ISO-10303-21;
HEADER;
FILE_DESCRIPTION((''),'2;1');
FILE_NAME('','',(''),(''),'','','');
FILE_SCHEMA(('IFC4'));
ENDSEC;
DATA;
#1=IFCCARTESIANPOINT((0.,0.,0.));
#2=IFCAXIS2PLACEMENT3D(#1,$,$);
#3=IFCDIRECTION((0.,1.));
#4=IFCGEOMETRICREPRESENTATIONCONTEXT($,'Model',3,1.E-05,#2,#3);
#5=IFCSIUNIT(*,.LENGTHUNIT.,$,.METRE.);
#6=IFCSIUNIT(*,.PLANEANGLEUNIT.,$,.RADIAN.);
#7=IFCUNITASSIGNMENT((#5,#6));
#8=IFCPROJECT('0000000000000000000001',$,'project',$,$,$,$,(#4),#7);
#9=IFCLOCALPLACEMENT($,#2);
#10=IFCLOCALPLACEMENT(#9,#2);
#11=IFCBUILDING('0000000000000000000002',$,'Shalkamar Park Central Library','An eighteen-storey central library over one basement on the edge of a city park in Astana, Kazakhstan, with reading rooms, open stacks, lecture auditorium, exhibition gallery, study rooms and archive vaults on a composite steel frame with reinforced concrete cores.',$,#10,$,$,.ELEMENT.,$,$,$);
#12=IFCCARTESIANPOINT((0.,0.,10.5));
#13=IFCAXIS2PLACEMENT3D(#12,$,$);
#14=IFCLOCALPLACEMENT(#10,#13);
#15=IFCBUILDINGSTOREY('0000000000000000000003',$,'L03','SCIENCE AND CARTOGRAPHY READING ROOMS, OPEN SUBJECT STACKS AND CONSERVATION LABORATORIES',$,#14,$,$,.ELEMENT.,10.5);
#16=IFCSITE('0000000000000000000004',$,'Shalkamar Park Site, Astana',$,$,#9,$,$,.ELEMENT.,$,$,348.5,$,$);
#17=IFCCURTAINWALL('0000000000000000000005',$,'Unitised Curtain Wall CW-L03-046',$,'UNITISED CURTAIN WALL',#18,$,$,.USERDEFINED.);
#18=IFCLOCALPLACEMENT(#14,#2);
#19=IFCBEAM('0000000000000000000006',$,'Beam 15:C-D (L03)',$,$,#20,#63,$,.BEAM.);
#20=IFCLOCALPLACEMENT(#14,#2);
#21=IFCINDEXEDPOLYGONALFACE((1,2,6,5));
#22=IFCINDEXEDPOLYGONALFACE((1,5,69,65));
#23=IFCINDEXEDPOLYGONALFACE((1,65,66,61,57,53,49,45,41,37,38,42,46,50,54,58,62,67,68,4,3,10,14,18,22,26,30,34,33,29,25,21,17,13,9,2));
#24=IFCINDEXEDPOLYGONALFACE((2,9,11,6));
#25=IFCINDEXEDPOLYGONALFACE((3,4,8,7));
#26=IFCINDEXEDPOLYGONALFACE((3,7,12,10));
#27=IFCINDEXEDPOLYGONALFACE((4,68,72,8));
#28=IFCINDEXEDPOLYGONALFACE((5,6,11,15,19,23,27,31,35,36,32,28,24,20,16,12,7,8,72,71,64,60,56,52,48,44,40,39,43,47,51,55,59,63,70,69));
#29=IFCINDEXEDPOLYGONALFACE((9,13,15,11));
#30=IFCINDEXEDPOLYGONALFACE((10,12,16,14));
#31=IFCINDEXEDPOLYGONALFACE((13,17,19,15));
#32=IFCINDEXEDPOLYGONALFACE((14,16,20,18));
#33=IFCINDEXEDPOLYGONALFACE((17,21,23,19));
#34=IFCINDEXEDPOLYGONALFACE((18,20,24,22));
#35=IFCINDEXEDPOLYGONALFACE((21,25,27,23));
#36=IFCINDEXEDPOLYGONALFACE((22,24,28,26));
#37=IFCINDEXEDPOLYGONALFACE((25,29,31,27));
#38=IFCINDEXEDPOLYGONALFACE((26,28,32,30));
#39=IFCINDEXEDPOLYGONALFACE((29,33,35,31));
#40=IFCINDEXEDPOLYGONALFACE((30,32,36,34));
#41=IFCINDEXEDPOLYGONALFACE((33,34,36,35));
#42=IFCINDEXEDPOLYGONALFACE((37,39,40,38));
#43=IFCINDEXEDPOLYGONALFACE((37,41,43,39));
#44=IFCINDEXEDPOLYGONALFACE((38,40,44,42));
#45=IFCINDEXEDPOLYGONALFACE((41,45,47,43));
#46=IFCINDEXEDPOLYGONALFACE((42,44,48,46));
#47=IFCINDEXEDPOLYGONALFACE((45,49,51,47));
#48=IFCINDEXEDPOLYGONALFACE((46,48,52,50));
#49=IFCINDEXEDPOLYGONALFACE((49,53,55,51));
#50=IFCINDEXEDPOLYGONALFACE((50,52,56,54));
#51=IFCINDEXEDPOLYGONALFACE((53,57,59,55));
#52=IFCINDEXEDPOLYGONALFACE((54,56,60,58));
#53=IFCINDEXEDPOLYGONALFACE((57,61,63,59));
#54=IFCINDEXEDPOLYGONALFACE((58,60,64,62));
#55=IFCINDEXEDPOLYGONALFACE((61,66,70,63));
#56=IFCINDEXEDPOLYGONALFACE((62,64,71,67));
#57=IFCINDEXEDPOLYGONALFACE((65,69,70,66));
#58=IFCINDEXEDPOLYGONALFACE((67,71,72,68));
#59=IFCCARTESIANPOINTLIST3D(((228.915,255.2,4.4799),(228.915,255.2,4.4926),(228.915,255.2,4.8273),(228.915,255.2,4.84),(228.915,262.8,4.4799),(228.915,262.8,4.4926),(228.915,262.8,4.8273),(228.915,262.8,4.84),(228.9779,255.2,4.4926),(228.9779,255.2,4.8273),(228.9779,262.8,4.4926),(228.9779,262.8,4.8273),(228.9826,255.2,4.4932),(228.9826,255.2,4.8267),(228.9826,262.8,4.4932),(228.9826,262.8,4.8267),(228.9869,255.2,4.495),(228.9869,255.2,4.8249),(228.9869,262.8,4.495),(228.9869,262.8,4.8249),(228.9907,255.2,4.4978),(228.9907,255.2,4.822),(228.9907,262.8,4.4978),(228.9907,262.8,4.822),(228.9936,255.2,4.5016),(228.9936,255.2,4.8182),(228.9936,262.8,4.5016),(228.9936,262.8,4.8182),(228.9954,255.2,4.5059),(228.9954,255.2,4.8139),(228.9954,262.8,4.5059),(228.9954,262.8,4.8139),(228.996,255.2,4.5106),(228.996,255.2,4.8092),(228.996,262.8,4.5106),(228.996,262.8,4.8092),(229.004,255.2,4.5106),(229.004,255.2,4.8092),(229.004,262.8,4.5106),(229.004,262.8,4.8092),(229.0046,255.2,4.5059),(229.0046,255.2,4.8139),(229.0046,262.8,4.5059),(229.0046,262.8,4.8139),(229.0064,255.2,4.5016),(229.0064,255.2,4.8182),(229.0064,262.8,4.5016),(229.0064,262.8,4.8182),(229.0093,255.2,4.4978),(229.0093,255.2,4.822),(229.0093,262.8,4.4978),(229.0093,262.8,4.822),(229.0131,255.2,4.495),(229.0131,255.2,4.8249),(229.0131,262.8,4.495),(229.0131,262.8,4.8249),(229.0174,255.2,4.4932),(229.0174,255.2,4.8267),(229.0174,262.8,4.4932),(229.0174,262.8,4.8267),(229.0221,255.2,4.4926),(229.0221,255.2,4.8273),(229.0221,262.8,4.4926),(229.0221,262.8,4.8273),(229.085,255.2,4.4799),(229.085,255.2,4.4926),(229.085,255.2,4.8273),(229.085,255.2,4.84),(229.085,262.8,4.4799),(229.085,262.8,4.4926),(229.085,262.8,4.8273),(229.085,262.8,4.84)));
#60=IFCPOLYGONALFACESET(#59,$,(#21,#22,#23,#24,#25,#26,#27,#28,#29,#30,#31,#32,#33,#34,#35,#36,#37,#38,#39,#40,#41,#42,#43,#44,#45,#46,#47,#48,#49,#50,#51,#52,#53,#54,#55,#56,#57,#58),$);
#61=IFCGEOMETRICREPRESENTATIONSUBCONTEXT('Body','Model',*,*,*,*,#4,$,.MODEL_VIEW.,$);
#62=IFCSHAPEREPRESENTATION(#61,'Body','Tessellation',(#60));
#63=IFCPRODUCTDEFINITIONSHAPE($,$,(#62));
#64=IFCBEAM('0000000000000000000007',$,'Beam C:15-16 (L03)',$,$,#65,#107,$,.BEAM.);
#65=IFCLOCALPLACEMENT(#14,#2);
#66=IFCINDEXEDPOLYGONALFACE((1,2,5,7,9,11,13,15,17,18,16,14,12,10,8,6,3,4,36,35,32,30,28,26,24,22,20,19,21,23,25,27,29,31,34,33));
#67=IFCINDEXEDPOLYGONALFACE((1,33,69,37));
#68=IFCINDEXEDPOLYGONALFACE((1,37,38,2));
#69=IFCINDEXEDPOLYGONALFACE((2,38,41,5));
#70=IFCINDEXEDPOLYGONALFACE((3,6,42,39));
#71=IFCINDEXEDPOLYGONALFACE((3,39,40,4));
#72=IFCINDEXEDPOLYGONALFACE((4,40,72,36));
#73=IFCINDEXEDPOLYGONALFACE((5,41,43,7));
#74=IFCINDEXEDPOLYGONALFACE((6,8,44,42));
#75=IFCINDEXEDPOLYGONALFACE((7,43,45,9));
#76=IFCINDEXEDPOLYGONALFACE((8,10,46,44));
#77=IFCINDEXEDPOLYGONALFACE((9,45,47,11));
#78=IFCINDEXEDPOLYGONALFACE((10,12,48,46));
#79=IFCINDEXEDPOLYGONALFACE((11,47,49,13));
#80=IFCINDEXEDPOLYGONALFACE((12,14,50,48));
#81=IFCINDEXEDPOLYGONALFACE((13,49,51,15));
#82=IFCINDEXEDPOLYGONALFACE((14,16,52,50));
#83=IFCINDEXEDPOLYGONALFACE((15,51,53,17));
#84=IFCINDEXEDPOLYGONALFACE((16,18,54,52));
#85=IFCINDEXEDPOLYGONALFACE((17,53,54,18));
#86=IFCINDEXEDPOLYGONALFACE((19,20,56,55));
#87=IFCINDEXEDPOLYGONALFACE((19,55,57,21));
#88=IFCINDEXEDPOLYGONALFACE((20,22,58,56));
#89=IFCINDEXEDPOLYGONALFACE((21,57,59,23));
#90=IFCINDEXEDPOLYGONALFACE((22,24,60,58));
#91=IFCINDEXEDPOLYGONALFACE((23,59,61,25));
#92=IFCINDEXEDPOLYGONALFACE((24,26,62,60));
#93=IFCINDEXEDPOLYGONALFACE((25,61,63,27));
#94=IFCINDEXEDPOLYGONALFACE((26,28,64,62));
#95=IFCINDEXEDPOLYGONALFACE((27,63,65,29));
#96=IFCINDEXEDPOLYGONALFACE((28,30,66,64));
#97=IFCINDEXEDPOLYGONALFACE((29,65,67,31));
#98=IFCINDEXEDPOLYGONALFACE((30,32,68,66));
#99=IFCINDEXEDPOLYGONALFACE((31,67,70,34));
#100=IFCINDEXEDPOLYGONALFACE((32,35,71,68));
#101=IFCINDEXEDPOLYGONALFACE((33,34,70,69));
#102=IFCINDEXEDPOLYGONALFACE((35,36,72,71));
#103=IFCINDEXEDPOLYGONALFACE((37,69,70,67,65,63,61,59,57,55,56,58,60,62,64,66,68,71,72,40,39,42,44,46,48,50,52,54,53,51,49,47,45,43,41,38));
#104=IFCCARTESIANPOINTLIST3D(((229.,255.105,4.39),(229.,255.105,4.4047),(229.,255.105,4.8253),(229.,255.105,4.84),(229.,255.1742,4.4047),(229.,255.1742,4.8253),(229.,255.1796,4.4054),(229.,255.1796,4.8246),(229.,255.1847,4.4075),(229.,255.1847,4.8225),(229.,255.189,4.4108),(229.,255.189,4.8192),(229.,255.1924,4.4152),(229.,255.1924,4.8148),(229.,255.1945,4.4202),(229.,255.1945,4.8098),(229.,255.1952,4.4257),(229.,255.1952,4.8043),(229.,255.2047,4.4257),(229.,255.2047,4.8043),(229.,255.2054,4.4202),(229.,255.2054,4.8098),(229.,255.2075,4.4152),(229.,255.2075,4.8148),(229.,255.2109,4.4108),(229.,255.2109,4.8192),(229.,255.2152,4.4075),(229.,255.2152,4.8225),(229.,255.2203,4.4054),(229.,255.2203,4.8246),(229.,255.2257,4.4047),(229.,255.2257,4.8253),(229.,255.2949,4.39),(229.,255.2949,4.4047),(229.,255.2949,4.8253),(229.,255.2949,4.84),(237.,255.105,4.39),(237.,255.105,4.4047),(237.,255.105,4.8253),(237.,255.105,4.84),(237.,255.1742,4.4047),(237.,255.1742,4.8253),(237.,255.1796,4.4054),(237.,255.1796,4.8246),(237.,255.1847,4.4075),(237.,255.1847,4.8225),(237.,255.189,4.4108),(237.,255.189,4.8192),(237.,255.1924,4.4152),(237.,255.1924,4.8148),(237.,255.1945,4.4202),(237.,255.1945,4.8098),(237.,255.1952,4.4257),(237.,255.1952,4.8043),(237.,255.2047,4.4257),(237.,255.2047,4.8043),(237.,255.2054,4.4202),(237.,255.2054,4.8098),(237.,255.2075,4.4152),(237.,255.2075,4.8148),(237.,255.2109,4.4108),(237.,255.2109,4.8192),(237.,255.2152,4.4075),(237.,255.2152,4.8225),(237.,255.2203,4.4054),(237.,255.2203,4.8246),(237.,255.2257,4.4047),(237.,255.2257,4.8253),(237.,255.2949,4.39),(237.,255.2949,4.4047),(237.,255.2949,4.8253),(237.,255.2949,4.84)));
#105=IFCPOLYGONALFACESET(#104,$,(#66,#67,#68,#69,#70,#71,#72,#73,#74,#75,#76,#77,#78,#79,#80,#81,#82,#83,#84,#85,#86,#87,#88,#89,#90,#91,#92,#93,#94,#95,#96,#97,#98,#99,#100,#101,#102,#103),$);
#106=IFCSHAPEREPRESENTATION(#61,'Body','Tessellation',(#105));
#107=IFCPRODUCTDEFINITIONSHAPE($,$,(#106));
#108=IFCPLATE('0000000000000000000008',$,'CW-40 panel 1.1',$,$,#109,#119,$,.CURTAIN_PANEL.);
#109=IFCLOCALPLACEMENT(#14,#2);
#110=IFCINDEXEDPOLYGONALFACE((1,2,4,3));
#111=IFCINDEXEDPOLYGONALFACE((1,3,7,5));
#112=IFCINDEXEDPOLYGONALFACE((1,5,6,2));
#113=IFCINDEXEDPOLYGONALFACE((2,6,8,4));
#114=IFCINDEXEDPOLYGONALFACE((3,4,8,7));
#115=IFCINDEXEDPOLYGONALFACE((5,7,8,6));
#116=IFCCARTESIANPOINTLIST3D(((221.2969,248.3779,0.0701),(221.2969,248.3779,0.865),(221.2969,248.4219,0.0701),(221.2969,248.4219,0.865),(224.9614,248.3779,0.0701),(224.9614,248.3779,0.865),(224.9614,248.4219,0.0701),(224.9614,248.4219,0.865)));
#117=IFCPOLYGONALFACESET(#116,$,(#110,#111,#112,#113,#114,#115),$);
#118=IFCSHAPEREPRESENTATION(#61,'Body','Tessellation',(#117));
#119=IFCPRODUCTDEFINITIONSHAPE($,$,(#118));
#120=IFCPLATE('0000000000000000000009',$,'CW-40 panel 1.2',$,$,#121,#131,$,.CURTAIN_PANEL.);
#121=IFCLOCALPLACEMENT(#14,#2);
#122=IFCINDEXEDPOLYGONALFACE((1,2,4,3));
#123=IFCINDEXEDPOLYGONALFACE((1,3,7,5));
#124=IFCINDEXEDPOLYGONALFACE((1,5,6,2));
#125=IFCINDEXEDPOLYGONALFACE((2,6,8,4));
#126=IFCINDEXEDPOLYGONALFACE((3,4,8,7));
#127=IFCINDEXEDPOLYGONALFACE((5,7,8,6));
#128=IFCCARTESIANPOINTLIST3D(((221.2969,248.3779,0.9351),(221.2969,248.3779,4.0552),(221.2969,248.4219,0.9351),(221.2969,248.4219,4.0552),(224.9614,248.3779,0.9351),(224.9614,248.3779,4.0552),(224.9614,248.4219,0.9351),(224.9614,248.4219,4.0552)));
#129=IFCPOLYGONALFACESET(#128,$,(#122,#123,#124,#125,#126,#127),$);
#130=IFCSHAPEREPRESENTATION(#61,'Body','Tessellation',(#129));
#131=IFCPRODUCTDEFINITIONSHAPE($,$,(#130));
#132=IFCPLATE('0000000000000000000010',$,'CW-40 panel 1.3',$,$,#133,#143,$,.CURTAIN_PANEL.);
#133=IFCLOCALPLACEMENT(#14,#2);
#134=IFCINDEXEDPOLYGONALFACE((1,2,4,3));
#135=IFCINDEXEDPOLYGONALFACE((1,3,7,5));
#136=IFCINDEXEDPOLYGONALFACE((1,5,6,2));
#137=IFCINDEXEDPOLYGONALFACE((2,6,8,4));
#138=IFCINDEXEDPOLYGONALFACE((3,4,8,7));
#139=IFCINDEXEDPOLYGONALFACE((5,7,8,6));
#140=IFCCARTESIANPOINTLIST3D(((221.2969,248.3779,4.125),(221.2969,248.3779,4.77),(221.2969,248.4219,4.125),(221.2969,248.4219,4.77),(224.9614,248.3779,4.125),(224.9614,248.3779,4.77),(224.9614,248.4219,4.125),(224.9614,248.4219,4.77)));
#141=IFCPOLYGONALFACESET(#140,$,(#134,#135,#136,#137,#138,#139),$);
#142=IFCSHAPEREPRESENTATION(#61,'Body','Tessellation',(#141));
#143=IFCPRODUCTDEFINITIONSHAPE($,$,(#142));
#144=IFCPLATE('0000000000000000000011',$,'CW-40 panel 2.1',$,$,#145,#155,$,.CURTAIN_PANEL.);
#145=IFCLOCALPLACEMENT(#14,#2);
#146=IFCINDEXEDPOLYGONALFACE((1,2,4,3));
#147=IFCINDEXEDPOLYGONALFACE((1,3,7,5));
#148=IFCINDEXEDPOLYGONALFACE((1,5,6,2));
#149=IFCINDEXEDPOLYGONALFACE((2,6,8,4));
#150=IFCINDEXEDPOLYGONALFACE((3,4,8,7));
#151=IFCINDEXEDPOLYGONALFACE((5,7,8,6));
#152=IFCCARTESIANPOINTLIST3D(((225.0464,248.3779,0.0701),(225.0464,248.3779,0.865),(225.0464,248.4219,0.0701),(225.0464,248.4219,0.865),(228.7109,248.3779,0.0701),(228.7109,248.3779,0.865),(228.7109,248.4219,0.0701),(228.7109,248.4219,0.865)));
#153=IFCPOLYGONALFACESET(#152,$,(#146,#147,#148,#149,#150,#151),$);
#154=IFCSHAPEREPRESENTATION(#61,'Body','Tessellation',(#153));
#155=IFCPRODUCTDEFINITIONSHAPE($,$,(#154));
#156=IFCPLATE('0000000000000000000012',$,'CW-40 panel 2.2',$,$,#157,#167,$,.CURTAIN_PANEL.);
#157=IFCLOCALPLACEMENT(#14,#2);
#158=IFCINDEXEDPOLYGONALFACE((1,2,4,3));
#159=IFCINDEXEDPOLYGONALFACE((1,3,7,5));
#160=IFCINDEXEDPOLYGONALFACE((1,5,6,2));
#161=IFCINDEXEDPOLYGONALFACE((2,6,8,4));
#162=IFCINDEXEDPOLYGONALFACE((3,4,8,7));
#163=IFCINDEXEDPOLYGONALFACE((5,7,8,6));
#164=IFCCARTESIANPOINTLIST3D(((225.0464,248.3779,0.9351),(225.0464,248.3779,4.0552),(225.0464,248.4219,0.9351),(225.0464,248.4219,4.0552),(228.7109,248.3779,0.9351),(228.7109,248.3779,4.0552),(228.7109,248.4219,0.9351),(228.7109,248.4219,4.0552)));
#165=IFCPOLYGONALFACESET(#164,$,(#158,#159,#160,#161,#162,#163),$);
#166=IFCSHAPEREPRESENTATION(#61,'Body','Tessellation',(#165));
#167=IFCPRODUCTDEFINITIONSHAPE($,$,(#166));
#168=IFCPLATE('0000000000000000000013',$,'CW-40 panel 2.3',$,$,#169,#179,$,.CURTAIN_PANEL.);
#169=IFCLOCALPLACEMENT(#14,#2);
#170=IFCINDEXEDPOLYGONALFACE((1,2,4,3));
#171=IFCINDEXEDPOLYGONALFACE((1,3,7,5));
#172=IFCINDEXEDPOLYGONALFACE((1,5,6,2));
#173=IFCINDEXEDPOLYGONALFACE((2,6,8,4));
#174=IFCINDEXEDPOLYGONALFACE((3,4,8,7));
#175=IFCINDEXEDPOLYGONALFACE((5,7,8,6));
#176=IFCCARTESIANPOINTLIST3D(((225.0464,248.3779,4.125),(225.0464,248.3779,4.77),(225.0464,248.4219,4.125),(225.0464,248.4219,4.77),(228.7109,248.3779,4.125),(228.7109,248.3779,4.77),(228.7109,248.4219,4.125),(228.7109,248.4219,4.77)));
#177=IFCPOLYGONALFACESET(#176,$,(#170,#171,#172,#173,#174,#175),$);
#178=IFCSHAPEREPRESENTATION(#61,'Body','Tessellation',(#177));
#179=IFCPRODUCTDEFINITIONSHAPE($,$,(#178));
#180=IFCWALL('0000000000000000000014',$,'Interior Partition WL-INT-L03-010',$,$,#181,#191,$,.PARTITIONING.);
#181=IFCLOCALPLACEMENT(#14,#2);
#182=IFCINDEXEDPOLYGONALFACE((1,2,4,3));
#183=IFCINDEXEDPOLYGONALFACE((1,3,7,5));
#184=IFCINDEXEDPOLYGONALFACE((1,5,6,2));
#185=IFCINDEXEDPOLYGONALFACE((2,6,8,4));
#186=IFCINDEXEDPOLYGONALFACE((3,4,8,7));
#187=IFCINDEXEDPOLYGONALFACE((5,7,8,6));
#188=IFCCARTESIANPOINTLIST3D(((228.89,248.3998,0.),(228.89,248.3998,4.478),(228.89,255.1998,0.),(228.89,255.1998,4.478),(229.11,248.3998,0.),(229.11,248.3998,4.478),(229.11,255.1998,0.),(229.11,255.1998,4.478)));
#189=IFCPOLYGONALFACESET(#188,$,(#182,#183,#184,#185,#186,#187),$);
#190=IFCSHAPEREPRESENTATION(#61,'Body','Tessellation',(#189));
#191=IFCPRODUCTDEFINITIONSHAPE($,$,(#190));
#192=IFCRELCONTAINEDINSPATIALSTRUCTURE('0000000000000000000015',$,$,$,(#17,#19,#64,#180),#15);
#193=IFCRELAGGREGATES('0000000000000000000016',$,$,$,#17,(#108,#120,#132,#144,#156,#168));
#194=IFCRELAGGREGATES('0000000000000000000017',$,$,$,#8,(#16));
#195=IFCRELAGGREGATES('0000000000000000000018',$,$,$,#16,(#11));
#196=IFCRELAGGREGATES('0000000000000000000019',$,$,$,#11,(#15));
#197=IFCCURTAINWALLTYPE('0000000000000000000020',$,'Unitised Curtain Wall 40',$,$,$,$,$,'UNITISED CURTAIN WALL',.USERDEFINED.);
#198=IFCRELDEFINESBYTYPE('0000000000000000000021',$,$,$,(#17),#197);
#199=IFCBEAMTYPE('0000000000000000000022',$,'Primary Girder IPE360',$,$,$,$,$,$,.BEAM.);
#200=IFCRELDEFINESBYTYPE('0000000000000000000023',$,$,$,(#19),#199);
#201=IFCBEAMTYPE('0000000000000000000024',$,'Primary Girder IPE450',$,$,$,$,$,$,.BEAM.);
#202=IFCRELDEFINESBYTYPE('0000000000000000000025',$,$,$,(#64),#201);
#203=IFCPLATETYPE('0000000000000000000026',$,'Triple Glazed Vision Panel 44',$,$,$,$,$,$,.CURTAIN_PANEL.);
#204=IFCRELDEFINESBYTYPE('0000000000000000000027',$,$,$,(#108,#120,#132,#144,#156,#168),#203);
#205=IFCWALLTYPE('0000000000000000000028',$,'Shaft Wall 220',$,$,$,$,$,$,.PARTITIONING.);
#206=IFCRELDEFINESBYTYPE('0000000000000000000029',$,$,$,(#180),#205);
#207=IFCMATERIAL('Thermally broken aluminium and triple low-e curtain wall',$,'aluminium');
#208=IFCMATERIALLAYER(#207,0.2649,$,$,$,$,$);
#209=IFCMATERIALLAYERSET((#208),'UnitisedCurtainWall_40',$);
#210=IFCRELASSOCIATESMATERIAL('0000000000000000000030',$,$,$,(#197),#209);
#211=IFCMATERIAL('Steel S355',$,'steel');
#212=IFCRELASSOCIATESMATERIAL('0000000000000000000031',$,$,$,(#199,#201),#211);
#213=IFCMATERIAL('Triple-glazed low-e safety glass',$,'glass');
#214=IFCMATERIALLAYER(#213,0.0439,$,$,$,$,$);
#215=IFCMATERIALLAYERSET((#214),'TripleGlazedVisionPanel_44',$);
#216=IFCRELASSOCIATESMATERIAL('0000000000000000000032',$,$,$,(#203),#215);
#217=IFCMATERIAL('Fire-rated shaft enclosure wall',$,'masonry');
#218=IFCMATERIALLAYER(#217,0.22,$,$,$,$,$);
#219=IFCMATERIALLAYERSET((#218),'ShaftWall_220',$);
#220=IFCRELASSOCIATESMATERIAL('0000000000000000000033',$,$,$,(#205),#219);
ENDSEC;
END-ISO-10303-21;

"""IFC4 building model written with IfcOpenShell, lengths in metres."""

from ifc_helpers import new_model, si_unit, direction, frame, frame_2d, origin, origin_2d, place, context, subcontext, project, spatial, rectangle, i_section, extrude, material, layer, layer_set, material_profile, profile_set, type_object, element, aggregate, save


model = new_model("IFC4")

# Units and contexts
model_context = context("Model", 3, precision=1e-05, world=origin(), true_north=direction((0.0, 1.0)))
body_context = subcontext(model_context, "Body", "Model", "MODEL_VIEW")
ifc_project = project(units=[si_unit("LENGTHUNIT", "METRE"), si_unit("PLANEANGLEUNIT", "RADIAN")], contexts=[model_context])

# Site, building, storey
site_placement = place(None, origin())
site = spatial("IfcSite", under=ifc_project, at=site_placement, Name="Shalkamar Park Site, Astana", CompositionType="ELEMENT", RefElevation=348.5)
building_placement = place(site_placement, origin())
building = spatial("IfcBuilding", under=site, at=building_placement, Name="Shalkamar Park Central Library", Description="An eighteen-storey central library over one basement on the edge of a city park in Astana, Kazakhstan, with reading rooms, open stacks, lecture auditorium, exhibition gallery, study rooms and archive vaults on a composite steel frame with reinforced concrete cores.", CompositionType="ELEMENT")
storey_placement = place(building_placement, frame((0.0, 0.0, 10.5)))
storey = spatial("IfcBuildingStorey", under=building, at=storey_placement, Name="L03", Description="SCIENCE AND CARTOGRAPHY READING ROOMS, OPEN SUBJECT STACKS AND CONSERVATION LABORATORIES", CompositionType="ELEMENT", Elevation=10.5)

# Shared definitions
ifc_material_1 = material(Name="Steel S355", Category="steel")

# Curtain wall
ifc_material_2 = material(Name="Thermally broken aluminium and triple low-e curtain wall", Category="aluminium")
ifc_layer_1 = layer(ifc_material_2, 0.2649)
ifc_layer_set_1 = layer_set([ifc_layer_1], Name="UnitisedCurtainWall_40")
curtain_wall_type = type_object("IfcCurtainWallType", Name="Unitised Curtain Wall 40", ElementType="UNITISED CURTAIN WALL", PredefinedType="USERDEFINED", material=ifc_layer_set_1)
curtain_wall_placement = place(storey_placement, origin())
curtain_wall = element("IfcCurtainWall", 1, at=curtain_wall_placement, inside=storey, type_object=curtain_wall_type, Name="Unitised Curtain Wall CW-L03-046", ObjectType="UNITISED CURTAIN WALL", PredefinedType="USERDEFINED")

# Beams
ifc_material_profile_1 = material_profile(ifc_material_1, i_section(OverallWidth=0.1699, OverallDepth=0.3601, WebThickness=0.0081, FlangeThickness=0.0127, FilletRadius=0.0181, at=origin_2d()), Name="IPE 360")
ifc_profile_set_1 = profile_set([ifc_material_profile_1], Name="Steel S355")
beam_type_1 = type_object("IfcBeamType", Name="Primary Girder IPE360", PredefinedType="BEAM", material=ifc_profile_set_1)
beam_1_placement = place(storey_placement, frame((229.0, 255.2, 4.6599), z_axis=(0.0, 1.0, 0.0), x_axis=(-1.0, 0.0, 0.0)))
element("IfcBeam", 2, at=beam_1_placement, inside=storey, type_object=beam_type_1, Name="Beam 15:C-D (L03)", PredefinedType="BEAM", context=body_context, shape_type="SweptSolid", body=[
    extrude(i_section(OverallWidth=0.1699, OverallDepth=0.3601, WebThickness=0.0081, FlangeThickness=0.0127, FilletRadius=0.0181, at=origin_2d()), origin(), (0.0, 0.0, 1.0), 7.6001),
])
ifc_material_profile_2 = material_profile(ifc_material_1, i_section(OverallWidth=0.1899, OverallDepth=0.45, WebThickness=0.0095, FlangeThickness=0.0146, FilletRadius=0.021, at=origin_2d()), Name="IPE 450")
ifc_profile_set_2 = profile_set([ifc_material_profile_2], Name="Steel S355")
beam_type_2 = type_object("IfcBeamType", Name="Primary Girder IPE450", PredefinedType="BEAM", material=ifc_profile_set_2)
beam_2_placement = place(storey_placement, frame((229.0, 255.2, 4.615), z_axis=(1.0, 0.0, 0.0), x_axis=(0.0, 1.0, 0.0)))
element("IfcBeam", 3, at=beam_2_placement, inside=storey, type_object=beam_type_2, Name="Beam C:15-16 (L03)", PredefinedType="BEAM", context=body_context, shape_type="SweptSolid", body=[
    extrude(i_section(OverallWidth=0.1899, OverallDepth=0.45, WebThickness=0.0095, FlangeThickness=0.0146, FilletRadius=0.021, at=origin_2d()), origin(), (0.0, 0.0, 1.0), 8.0),
])

# Plates
ifc_material_3 = material(Name="Triple-glazed low-e safety glass", Category="glass")
ifc_layer_2 = layer(ifc_material_3, 0.0439)
ifc_layer_set_2 = layer_set([ifc_layer_2], Name="TripleGlazedVisionPanel_44")
plate_type = type_object("IfcPlateType", Name="Triple Glazed Vision Panel 44", PredefinedType="CURTAIN_PANEL", material=ifc_layer_set_2)
plate_1_placement = place(storey_placement, frame((223.1292, 248.3999, 0.0701), z_axis=(0.0, 0.0, 1.0), x_axis=(1.0, 0.0, 0.0)))
plate_1 = element("IfcPlate", 4, at=plate_1_placement, type_object=plate_type, Name="CW-40 panel 1.1", PredefinedType="CURTAIN_PANEL", context=body_context, shape_type="SweptSolid", body=[
    extrude(rectangle(XDim=3.6646, YDim=0.0439, at=origin_2d()), origin(), (0.0, 0.0, 1.0), 0.7949),
])
plate_2_placement = place(storey_placement, frame((223.1292, 248.3999, 0.9351), z_axis=(0.0, 0.0, 1.0), x_axis=(1.0, 0.0, 0.0)))
plate_2 = element("IfcPlate", 5, at=plate_2_placement, type_object=plate_type, Name="CW-40 panel 1.2", PredefinedType="CURTAIN_PANEL", context=body_context, shape_type="SweptSolid", body=[
    extrude(rectangle(XDim=3.6646, YDim=0.0439, at=origin_2d()), origin(), (0.0, 0.0, 1.0), 3.1201),
])
plate_3_placement = place(storey_placement, frame((223.1292, 248.3999, 4.125), z_axis=(0.0, 0.0, 1.0), x_axis=(1.0, 0.0, 0.0)))
plate_3 = element("IfcPlate", 6, at=plate_3_placement, type_object=plate_type, Name="CW-40 panel 1.3", PredefinedType="CURTAIN_PANEL", context=body_context, shape_type="SweptSolid", body=[
    extrude(rectangle(XDim=3.6646, YDim=0.0439, at=origin_2d()), origin(), (0.0, 0.0, 1.0), 0.645),
])
plate_4_placement = place(storey_placement, frame((226.8787, 248.3999, 0.0701), z_axis=(0.0, 0.0, 1.0), x_axis=(1.0, 0.0, 0.0)))
plate_4 = element("IfcPlate", 7, at=plate_4_placement, type_object=plate_type, Name="CW-40 panel 2.1", PredefinedType="CURTAIN_PANEL", context=body_context, shape_type="SweptSolid", body=[
    extrude(rectangle(XDim=3.6646, YDim=0.0439, at=origin_2d()), origin(), (0.0, 0.0, 1.0), 0.7949),
])
plate_5_placement = place(storey_placement, frame((226.8787, 248.3999, 0.9351), z_axis=(0.0, 0.0, 1.0), x_axis=(1.0, 0.0, 0.0)))
plate_5 = element("IfcPlate", 8, at=plate_5_placement, type_object=plate_type, Name="CW-40 panel 2.2", PredefinedType="CURTAIN_PANEL", context=body_context, shape_type="SweptSolid", body=[
    extrude(rectangle(XDim=3.6646, YDim=0.0439, at=origin_2d()), origin(), (0.0, 0.0, 1.0), 3.1201),
])
plate_6_placement = place(storey_placement, frame((226.8787, 248.3999, 4.125), z_axis=(0.0, 0.0, 1.0), x_axis=(1.0, 0.0, 0.0)))
plate_6 = element("IfcPlate", 9, at=plate_6_placement, type_object=plate_type, Name="CW-40 panel 2.3", PredefinedType="CURTAIN_PANEL", context=body_context, shape_type="SweptSolid", body=[
    extrude(rectangle(XDim=3.6646, YDim=0.0439, at=origin_2d()), origin(), (0.0, 0.0, 1.0), 0.645),
])
aggregate(curtain_wall, [plate_1, plate_2, plate_3, plate_4, plate_5, plate_6])

# Wall
ifc_material_4 = material(Name="Fire-rated shaft enclosure wall", Category="masonry")
ifc_layer_3 = layer(ifc_material_4, 0.22)
ifc_layer_set_3 = layer_set([ifc_layer_3], Name="ShaftWall_220")
wall_type_1 = type_object("IfcWallType", Name="Shaft Wall 220", PredefinedType="PARTITIONING", material=ifc_layer_set_3)
wall_1_placement = place(storey_placement, frame((229.0, 248.3999, 0.0), z_axis=(0.0, 0.0, 1.0), x_axis=(0.0, 1.0, 0.0)))
element("IfcWall", 10, at=wall_1_placement, inside=storey, type_object=wall_type_1, Name="Interior Partition WL-INT-L03-010", PredefinedType="PARTITIONING", context=body_context, shape_type="SweptSolid", body=[
    extrude(rectangle(XDim=6.8, YDim=0.22, at=frame_2d((3.3999, 0.0))), origin(), (0.0, 0.0, 1.0), 4.478),
])

save(model, "model.ifc")
